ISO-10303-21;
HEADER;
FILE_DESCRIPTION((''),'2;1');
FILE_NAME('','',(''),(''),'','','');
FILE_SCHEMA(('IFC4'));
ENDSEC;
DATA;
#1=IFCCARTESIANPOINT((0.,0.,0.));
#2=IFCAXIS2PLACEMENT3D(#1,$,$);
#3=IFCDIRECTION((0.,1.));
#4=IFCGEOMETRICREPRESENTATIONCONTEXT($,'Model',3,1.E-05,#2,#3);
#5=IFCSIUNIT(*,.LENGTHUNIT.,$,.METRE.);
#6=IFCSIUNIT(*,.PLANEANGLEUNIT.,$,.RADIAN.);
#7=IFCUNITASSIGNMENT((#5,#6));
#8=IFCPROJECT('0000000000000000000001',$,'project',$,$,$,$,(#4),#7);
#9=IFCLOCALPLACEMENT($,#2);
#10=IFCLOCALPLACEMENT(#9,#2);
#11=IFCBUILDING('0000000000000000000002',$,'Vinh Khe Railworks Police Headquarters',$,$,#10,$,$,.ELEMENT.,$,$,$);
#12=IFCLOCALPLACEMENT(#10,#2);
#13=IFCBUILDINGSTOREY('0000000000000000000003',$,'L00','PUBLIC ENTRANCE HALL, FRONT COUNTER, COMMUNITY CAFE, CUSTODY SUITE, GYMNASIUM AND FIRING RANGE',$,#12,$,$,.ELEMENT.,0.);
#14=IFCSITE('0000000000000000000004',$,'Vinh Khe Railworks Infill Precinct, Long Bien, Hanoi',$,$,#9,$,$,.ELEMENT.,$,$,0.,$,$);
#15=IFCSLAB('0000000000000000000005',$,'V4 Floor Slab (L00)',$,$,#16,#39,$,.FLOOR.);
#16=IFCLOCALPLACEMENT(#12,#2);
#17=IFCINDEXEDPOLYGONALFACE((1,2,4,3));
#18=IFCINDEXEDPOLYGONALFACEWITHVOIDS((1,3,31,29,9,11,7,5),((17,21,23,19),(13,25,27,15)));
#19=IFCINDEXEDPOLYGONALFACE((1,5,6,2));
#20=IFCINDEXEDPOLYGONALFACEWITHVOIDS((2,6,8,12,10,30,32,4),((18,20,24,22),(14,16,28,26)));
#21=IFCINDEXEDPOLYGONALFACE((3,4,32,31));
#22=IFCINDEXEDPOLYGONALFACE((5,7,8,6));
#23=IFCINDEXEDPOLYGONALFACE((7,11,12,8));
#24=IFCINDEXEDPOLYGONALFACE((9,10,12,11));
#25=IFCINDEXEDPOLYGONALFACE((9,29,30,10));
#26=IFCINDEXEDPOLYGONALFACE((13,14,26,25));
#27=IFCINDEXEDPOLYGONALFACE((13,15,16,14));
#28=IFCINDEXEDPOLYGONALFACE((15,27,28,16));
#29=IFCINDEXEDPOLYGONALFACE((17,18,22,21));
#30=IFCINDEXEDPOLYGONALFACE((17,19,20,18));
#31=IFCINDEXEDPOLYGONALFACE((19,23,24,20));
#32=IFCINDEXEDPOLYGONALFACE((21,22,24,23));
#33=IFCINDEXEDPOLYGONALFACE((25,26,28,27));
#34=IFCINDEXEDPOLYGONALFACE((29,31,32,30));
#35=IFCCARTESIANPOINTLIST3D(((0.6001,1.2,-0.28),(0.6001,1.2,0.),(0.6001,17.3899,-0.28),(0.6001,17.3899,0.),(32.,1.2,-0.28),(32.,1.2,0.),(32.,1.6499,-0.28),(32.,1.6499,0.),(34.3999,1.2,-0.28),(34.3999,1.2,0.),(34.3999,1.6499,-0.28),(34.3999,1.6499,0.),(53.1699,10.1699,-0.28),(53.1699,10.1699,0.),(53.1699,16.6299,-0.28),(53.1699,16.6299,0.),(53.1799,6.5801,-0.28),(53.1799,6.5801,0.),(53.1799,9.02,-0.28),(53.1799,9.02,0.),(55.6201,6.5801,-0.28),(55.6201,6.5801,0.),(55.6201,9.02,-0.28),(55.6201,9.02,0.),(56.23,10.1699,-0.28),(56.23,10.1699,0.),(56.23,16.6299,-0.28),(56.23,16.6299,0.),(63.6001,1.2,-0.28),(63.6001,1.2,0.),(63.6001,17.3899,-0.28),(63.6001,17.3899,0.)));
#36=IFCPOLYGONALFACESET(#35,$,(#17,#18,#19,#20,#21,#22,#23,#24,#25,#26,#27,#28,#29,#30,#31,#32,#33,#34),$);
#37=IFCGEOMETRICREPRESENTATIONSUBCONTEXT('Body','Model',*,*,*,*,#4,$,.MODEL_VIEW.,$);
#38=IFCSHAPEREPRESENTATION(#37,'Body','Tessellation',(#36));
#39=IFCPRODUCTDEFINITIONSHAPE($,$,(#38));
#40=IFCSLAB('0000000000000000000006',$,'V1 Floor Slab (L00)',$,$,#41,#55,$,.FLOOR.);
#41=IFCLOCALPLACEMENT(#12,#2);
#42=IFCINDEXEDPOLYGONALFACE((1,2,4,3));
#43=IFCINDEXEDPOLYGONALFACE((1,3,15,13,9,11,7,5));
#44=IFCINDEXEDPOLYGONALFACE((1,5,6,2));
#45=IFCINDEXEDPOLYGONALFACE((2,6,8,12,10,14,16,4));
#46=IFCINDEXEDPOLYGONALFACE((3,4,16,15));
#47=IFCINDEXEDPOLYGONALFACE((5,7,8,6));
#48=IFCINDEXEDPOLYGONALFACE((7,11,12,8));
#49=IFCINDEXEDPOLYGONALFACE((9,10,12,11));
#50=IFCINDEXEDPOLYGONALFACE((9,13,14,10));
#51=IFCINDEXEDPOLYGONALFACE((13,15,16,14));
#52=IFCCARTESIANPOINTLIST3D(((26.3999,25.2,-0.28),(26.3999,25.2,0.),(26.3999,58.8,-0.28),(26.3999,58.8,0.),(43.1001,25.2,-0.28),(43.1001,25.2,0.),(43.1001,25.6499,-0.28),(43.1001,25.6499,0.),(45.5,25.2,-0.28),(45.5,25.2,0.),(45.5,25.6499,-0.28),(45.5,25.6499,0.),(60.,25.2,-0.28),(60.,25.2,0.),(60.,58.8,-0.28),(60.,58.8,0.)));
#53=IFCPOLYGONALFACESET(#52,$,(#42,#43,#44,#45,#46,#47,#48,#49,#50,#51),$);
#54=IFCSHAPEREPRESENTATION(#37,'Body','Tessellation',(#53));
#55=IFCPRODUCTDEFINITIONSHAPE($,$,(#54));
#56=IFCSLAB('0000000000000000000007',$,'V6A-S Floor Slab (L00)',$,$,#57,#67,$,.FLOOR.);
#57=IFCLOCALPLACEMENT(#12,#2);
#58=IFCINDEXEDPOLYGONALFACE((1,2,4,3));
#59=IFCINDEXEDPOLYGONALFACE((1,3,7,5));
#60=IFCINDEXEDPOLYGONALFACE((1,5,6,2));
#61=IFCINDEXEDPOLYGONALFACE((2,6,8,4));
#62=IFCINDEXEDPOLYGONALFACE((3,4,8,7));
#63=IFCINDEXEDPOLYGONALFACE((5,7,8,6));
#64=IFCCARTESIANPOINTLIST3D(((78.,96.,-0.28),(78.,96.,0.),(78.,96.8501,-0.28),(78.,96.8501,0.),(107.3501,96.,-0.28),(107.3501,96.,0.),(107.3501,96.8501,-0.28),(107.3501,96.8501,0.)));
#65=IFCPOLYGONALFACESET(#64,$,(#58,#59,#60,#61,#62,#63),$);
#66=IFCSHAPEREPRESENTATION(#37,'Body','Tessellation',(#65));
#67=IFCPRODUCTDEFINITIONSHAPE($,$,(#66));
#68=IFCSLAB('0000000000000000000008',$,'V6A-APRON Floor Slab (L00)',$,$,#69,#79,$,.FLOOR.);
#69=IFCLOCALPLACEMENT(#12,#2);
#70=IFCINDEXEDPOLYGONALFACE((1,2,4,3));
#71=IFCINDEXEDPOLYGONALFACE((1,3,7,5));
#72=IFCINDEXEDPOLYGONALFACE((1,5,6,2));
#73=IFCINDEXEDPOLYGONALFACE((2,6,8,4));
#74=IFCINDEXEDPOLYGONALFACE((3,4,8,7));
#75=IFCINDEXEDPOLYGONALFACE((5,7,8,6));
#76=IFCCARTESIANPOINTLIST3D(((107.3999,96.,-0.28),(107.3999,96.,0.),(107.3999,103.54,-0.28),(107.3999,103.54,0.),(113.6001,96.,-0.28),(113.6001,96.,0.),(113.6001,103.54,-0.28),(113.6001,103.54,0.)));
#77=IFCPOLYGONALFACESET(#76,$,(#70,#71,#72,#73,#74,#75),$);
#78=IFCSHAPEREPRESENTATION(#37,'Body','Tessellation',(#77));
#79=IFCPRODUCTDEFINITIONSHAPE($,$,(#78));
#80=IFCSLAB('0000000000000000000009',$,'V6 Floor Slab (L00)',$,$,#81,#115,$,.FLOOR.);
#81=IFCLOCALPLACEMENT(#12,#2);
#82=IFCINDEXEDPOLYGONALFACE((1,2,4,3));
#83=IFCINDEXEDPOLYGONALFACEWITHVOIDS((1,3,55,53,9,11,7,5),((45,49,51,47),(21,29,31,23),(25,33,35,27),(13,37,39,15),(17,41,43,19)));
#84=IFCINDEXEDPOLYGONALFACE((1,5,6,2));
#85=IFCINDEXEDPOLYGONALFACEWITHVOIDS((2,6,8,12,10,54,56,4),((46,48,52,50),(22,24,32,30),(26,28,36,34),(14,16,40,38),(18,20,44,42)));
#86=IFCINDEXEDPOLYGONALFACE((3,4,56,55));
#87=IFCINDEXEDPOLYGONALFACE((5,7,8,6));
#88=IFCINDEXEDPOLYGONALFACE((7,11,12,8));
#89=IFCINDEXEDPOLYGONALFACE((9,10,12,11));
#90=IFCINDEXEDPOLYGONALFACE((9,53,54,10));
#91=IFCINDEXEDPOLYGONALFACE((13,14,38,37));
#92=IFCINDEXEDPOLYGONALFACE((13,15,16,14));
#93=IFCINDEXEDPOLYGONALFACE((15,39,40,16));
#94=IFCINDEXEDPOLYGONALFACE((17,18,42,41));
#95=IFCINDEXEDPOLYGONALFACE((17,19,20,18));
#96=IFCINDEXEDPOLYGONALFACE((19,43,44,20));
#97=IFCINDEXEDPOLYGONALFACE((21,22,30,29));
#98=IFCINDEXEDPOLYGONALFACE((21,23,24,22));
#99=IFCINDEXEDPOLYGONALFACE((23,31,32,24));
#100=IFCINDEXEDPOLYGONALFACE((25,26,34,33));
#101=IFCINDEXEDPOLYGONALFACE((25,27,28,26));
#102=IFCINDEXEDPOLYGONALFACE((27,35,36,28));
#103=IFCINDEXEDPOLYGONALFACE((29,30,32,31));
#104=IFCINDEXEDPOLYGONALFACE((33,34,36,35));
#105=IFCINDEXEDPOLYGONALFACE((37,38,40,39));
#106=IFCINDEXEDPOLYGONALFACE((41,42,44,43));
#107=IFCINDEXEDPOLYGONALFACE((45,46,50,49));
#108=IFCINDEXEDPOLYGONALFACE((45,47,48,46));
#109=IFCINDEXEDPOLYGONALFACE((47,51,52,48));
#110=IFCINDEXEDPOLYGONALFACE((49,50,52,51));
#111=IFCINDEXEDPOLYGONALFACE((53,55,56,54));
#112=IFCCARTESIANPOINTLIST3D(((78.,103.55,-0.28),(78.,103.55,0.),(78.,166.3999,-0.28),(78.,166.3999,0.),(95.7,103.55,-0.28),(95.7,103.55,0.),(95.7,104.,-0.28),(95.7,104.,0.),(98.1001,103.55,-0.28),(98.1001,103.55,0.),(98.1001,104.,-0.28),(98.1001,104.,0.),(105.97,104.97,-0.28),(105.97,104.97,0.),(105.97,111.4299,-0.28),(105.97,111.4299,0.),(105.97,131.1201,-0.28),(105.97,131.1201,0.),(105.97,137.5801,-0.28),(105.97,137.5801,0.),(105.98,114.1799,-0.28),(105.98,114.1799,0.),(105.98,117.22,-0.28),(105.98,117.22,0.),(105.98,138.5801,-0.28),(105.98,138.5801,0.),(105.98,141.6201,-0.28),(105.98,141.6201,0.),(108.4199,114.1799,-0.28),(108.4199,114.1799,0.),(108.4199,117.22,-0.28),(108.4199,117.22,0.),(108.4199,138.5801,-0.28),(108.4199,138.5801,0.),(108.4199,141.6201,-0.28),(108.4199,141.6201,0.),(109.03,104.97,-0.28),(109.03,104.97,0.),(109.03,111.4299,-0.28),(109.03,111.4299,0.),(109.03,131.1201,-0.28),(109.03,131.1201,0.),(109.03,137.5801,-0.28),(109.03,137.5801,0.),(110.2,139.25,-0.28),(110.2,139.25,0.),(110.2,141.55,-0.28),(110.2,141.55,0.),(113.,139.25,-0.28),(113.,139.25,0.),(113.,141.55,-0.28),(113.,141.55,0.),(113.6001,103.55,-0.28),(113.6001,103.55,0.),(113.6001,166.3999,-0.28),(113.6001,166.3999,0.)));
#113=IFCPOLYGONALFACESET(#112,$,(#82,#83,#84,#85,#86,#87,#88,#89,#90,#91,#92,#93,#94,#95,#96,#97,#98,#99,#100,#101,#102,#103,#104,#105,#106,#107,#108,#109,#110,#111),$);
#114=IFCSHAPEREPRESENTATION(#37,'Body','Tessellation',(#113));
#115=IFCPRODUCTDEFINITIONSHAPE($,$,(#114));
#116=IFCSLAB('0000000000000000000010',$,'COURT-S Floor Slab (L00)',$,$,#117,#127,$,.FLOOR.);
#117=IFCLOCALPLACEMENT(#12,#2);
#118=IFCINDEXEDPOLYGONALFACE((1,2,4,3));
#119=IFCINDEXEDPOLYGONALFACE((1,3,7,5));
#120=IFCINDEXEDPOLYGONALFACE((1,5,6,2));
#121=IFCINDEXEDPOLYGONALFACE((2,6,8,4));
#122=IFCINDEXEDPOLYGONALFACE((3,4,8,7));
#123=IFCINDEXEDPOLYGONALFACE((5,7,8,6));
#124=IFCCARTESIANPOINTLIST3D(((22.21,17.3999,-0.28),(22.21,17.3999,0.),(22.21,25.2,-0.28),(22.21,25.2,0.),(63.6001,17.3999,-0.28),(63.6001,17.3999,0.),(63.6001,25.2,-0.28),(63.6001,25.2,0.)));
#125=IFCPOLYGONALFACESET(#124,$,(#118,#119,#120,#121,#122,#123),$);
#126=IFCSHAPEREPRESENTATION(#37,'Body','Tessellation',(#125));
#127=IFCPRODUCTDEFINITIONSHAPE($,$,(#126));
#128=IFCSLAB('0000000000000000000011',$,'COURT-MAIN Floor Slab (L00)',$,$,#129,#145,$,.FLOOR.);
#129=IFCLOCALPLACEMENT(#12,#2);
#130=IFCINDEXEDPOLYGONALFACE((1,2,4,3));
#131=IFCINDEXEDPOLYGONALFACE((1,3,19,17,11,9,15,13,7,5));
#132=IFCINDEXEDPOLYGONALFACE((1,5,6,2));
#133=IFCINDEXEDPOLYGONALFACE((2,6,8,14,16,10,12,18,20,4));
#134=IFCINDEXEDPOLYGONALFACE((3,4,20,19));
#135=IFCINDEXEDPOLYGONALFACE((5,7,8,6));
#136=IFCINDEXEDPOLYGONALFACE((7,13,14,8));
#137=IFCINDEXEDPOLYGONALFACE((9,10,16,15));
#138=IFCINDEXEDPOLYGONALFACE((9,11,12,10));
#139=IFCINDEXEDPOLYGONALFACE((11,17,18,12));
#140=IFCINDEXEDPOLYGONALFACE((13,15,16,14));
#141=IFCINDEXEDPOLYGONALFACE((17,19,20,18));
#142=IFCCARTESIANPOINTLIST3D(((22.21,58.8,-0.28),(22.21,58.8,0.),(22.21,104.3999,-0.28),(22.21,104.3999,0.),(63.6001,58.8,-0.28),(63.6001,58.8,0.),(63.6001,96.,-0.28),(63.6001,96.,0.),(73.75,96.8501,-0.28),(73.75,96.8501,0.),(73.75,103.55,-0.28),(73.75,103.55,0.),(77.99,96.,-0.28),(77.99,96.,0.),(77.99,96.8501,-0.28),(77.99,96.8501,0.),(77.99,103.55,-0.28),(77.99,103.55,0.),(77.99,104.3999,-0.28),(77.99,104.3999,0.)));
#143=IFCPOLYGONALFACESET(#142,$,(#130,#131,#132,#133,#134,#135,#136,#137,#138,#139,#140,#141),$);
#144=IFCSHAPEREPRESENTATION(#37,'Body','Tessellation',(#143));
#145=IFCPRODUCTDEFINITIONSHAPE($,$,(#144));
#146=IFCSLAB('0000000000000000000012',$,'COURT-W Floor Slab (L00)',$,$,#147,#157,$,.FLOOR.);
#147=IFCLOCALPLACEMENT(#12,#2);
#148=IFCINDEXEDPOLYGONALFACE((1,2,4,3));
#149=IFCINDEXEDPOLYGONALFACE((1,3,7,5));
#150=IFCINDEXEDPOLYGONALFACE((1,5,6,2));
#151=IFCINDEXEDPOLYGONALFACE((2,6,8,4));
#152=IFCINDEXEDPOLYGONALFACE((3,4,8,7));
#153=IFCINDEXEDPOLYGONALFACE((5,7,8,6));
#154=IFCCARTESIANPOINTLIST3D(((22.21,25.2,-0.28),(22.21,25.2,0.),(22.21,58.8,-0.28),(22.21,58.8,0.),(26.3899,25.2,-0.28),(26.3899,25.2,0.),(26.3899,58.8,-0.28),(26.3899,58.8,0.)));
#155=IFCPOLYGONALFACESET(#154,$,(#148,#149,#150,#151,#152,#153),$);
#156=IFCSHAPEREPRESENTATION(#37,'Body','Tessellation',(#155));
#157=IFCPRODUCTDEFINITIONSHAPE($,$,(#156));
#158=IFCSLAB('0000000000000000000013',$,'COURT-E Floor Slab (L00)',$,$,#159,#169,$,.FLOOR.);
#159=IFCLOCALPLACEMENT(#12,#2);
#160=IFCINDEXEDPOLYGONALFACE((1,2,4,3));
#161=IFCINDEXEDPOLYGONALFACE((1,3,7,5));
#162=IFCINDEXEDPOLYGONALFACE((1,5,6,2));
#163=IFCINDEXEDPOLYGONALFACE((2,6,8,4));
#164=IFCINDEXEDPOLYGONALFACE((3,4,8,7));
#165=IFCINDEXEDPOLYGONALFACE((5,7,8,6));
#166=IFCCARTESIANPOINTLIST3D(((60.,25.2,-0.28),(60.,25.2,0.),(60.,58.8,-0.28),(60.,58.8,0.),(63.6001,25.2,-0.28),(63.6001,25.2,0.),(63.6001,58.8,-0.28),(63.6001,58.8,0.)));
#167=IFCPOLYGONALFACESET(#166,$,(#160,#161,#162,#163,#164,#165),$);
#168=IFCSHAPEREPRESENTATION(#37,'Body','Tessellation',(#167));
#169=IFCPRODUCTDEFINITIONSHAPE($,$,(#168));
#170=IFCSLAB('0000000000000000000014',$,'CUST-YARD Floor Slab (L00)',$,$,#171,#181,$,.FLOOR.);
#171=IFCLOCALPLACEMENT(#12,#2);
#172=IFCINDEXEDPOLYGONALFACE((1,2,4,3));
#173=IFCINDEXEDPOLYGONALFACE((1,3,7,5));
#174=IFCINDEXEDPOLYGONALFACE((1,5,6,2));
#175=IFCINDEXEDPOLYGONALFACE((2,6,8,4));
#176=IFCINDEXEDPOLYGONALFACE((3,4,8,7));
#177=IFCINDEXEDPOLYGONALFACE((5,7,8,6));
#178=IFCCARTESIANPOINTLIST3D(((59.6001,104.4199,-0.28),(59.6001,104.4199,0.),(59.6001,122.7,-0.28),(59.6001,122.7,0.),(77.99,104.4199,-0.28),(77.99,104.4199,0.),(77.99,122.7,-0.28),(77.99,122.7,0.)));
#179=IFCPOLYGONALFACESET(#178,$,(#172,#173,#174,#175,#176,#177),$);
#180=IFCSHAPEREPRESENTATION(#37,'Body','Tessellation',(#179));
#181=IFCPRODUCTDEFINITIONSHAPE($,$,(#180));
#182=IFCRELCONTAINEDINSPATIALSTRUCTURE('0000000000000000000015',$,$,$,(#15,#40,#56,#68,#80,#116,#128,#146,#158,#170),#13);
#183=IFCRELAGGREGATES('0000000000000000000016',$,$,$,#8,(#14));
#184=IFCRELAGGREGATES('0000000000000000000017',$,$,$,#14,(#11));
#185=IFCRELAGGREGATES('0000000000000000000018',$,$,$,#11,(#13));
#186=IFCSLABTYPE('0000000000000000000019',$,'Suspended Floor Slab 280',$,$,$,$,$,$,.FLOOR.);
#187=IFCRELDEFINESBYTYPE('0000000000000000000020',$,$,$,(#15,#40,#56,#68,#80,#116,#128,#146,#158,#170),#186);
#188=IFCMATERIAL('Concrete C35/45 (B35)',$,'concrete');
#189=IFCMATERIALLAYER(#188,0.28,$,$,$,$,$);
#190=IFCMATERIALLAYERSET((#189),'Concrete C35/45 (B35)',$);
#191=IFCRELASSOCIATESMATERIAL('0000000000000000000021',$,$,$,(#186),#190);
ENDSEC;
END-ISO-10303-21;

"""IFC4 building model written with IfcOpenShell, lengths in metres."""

from ifc_helpers import new_model, si_unit, direction, frame, origin, place, context, subcontext, project, spatial, polyline, outline, extrude, material, layer, layer_set, type_object, element, save


model = new_model("IFC4")

# Units and contexts
model_context = context("Model", 3, precision=1e-05, world=origin(), true_north=direction((0.0, 1.0)))
body_context = subcontext(model_context, "Body", "Model", "MODEL_VIEW")
ifc_project = project(units=[si_unit("LENGTHUNIT", "METRE"), si_unit("PLANEANGLEUNIT", "RADIAN")], contexts=[model_context])

# Site, building, storey
site_placement = place(None, origin())
site = spatial("IfcSite", under=ifc_project, at=site_placement, Name="Vinh Khe Railworks Infill Precinct, Long Bien, Hanoi", CompositionType="ELEMENT", RefElevation=0.0)
building_placement = place(site_placement, origin())
building = spatial("IfcBuilding", under=site, at=building_placement, Name="Vinh Khe Railworks Police Headquarters", CompositionType="ELEMENT")
storey_placement = place(building_placement, origin())
storey = spatial("IfcBuildingStorey", under=building, at=storey_placement, Name="L00", Description="PUBLIC ENTRANCE HALL, FRONT COUNTER, COMMUNITY CAFE, CUSTODY SUITE, GYMNASIUM AND FIRING RANGE", CompositionType="ELEMENT", Elevation=0.0)

# Shared definitions
ifc_material_1 = material(Name="Concrete C35/45 (B35)", Category="concrete")

# Slabs
ifc_layer_1 = layer(ifc_material_1, 0.28)
ifc_layer_set_1 = layer_set([ifc_layer_1], Name="Concrete C35/45 (B35)")
slab_type_1 = type_object("IfcSlabType", Name="Suspended Floor Slab 280", PredefinedType="FLOOR", material=ifc_layer_set_1)
slab_1_placement = place(storey_placement, frame((0.0, 0.0, -0.28)))
element("IfcSlab", 1, at=slab_1_placement, inside=storey, type_object=slab_type_1, Name="V4 Floor Slab (L00)", PredefinedType="FLOOR", context=body_context, shape_type="SweptSolid", body=[
    extrude(outline(polyline([(0.6001, 1.2), (32.0, 1.2), (32.0, 1.6499), (34.3999, 1.6499), (34.3999, 1.2), (63.6001, 1.2), (63.6001, 17.3899), (0.6001, 17.3899), (0.6001, 1.2)]), holes=[polyline([(53.1699, 10.1699), (56.23, 10.1699), (56.23, 16.6299), (53.1699, 16.6299), (53.1699, 10.1699)]), polyline([(53.1799, 6.5801), (55.6201, 6.5801), (55.6201, 9.02), (53.1799, 9.02), (53.1799, 6.5801)])]), origin(), (0.0, 0.0, 1.0), 0.28),
])
slab_2_placement = place(storey_placement, frame((0.0, 0.0, -0.28)))
element("IfcSlab", 2, at=slab_2_placement, inside=storey, type_object=slab_type_1, Name="V1 Floor Slab (L00)", PredefinedType="FLOOR", context=body_context, shape_type="SweptSolid", body=[
    extrude(outline(polyline([(26.3999, 25.2), (43.1001, 25.2), (43.1001, 25.6499), (45.5, 25.6499), (45.5, 25.2), (60.0, 25.2), (60.0, 58.8), (26.3999, 58.8), (26.3999, 25.2)])), origin(), (0.0, 0.0, 1.0), 0.28),
])
slab_3_placement = place(storey_placement, frame((0.0, 0.0, -0.28)))
element("IfcSlab", 3, at=slab_3_placement, inside=storey, type_object=slab_type_1, Name="V6A-S Floor Slab (L00)", PredefinedType="FLOOR", context=body_context, shape_type="SweptSolid", body=[
    extrude(outline(polyline([(78.0, 96.0), (107.3501, 96.0), (107.3501, 96.8501), (78.0, 96.8501), (78.0, 96.0)])), origin(), (0.0, 0.0, 1.0), 0.28),
])
slab_4_placement = place(storey_placement, frame((0.0, 0.0, -0.28)))
element("IfcSlab", 4, at=slab_4_placement, inside=storey, type_object=slab_type_1, Name="V6A-APRON Floor Slab (L00)", PredefinedType="FLOOR", context=body_context, shape_type="SweptSolid", body=[
    extrude(outline(polyline([(107.3999, 96.0), (113.6001, 96.0), (113.6001, 103.54), (107.3999, 103.54), (107.3999, 96.0)])), origin(), (0.0, 0.0, 1.0), 0.28),
])
slab_5_placement = place(storey_placement, frame((0.0, 0.0, -0.28)))
element("IfcSlab", 5, at=slab_5_placement, inside=storey, type_object=slab_type_1, Name="V6 Floor Slab (L00)", PredefinedType="FLOOR", context=body_context, shape_type="SweptSolid", body=[
    extrude(outline(polyline([(78.0, 103.55), (95.7, 103.55), (95.7, 104.0), (98.1001, 104.0), (98.1001, 103.55), (113.6001, 103.55), (113.6001, 166.3999), (78.0, 166.3999), (78.0, 103.55)]), holes=[polyline([(105.97, 131.1201), (109.03, 131.1201), (109.03, 137.5801), (105.97, 137.5801), (105.97, 131.1201)]), polyline([(105.98, 138.5801), (108.4199, 138.5801), (108.4199, 141.6201), (105.98, 141.6201), (105.98, 138.5801)]), polyline([(105.97, 104.97), (109.03, 104.97), (109.03, 111.4299), (105.97, 111.4299), (105.97, 104.97)]), polyline([(105.98, 114.1799), (108.4199, 114.1799), (108.4199, 117.22), (105.98, 117.22), (105.98, 114.1799)]), polyline([(110.2, 139.25), (113.0, 139.25), (113.0, 141.55), (110.2, 141.55), (110.2, 139.25)])]), origin(), (0.0, 0.0, 1.0), 0.28),
])
slab_6_placement = place(storey_placement, frame((0.0, 0.0, -0.28)))
element("IfcSlab", 6, at=slab_6_placement, inside=storey, type_object=slab_type_1, Name="COURT-S Floor Slab (L00)", PredefinedType="FLOOR", context=body_context, shape_type="SweptSolid", body=[
    extrude(outline(polyline([(22.21, 17.3999), (63.6001, 17.3999), (63.6001, 25.2), (22.21, 25.2), (22.21, 17.3999)])), origin(), (0.0, 0.0, 1.0), 0.28),
])
slab_7_placement = place(storey_placement, frame((0.0, 0.0, -0.28)))
element("IfcSlab", 7, at=slab_7_placement, inside=storey, type_object=slab_type_1, Name="COURT-MAIN Floor Slab (L00)", PredefinedType="FLOOR", context=body_context, shape_type="SweptSolid", body=[
    extrude(outline(polyline([(22.21, 58.8), (63.6001, 58.8), (63.6001, 96.0), (77.99, 96.0), (77.99, 96.8501), (73.75, 96.8501), (73.75, 103.55), (77.99, 103.55), (77.99, 104.3999), (22.21, 104.3999), (22.21, 58.8)])), origin(), (0.0, 0.0, 1.0), 0.28),
])
slab_8_placement = place(storey_placement, frame((0.0, 0.0, -0.28)))
element("IfcSlab", 8, at=slab_8_placement, inside=storey, type_object=slab_type_1, Name="COURT-W Floor Slab (L00)", PredefinedType="FLOOR", context=body_context, shape_type="SweptSolid", body=[
    extrude(outline(polyline([(22.21, 25.2), (26.3899, 25.2), (26.3899, 58.8), (22.21, 58.8), (22.21, 25.2)])), origin(), (0.0, 0.0, 1.0), 0.28),
])
slab_9_placement = place(storey_placement, frame((0.0, 0.0, -0.28)))
element("IfcSlab", 9, at=slab_9_placement, inside=storey, type_object=slab_type_1, Name="COURT-E Floor Slab (L00)", PredefinedType="FLOOR", context=body_context, shape_type="SweptSolid", body=[
    extrude(outline(polyline([(60.0, 25.2), (63.6001, 25.2), (63.6001, 58.8), (60.0, 58.8), (60.0, 25.2)])), origin(), (0.0, 0.0, 1.0), 0.28),
])
slab_10_placement = place(storey_placement, frame((0.0, 0.0, -0.28)))
element("IfcSlab", 10, at=slab_10_placement, inside=storey, type_object=slab_type_1, Name="CUST-YARD Floor Slab (L00)", PredefinedType="FLOOR", context=body_context, shape_type="SweptSolid", body=[
    extrude(outline(polyline([(59.6001, 104.4199), (77.99, 104.4199), (77.99, 122.7), (59.6001, 122.7), (59.6001, 104.4199)])), origin(), (0.0, 0.0, 1.0), 0.28),
])

save(model, "model.ifc")
